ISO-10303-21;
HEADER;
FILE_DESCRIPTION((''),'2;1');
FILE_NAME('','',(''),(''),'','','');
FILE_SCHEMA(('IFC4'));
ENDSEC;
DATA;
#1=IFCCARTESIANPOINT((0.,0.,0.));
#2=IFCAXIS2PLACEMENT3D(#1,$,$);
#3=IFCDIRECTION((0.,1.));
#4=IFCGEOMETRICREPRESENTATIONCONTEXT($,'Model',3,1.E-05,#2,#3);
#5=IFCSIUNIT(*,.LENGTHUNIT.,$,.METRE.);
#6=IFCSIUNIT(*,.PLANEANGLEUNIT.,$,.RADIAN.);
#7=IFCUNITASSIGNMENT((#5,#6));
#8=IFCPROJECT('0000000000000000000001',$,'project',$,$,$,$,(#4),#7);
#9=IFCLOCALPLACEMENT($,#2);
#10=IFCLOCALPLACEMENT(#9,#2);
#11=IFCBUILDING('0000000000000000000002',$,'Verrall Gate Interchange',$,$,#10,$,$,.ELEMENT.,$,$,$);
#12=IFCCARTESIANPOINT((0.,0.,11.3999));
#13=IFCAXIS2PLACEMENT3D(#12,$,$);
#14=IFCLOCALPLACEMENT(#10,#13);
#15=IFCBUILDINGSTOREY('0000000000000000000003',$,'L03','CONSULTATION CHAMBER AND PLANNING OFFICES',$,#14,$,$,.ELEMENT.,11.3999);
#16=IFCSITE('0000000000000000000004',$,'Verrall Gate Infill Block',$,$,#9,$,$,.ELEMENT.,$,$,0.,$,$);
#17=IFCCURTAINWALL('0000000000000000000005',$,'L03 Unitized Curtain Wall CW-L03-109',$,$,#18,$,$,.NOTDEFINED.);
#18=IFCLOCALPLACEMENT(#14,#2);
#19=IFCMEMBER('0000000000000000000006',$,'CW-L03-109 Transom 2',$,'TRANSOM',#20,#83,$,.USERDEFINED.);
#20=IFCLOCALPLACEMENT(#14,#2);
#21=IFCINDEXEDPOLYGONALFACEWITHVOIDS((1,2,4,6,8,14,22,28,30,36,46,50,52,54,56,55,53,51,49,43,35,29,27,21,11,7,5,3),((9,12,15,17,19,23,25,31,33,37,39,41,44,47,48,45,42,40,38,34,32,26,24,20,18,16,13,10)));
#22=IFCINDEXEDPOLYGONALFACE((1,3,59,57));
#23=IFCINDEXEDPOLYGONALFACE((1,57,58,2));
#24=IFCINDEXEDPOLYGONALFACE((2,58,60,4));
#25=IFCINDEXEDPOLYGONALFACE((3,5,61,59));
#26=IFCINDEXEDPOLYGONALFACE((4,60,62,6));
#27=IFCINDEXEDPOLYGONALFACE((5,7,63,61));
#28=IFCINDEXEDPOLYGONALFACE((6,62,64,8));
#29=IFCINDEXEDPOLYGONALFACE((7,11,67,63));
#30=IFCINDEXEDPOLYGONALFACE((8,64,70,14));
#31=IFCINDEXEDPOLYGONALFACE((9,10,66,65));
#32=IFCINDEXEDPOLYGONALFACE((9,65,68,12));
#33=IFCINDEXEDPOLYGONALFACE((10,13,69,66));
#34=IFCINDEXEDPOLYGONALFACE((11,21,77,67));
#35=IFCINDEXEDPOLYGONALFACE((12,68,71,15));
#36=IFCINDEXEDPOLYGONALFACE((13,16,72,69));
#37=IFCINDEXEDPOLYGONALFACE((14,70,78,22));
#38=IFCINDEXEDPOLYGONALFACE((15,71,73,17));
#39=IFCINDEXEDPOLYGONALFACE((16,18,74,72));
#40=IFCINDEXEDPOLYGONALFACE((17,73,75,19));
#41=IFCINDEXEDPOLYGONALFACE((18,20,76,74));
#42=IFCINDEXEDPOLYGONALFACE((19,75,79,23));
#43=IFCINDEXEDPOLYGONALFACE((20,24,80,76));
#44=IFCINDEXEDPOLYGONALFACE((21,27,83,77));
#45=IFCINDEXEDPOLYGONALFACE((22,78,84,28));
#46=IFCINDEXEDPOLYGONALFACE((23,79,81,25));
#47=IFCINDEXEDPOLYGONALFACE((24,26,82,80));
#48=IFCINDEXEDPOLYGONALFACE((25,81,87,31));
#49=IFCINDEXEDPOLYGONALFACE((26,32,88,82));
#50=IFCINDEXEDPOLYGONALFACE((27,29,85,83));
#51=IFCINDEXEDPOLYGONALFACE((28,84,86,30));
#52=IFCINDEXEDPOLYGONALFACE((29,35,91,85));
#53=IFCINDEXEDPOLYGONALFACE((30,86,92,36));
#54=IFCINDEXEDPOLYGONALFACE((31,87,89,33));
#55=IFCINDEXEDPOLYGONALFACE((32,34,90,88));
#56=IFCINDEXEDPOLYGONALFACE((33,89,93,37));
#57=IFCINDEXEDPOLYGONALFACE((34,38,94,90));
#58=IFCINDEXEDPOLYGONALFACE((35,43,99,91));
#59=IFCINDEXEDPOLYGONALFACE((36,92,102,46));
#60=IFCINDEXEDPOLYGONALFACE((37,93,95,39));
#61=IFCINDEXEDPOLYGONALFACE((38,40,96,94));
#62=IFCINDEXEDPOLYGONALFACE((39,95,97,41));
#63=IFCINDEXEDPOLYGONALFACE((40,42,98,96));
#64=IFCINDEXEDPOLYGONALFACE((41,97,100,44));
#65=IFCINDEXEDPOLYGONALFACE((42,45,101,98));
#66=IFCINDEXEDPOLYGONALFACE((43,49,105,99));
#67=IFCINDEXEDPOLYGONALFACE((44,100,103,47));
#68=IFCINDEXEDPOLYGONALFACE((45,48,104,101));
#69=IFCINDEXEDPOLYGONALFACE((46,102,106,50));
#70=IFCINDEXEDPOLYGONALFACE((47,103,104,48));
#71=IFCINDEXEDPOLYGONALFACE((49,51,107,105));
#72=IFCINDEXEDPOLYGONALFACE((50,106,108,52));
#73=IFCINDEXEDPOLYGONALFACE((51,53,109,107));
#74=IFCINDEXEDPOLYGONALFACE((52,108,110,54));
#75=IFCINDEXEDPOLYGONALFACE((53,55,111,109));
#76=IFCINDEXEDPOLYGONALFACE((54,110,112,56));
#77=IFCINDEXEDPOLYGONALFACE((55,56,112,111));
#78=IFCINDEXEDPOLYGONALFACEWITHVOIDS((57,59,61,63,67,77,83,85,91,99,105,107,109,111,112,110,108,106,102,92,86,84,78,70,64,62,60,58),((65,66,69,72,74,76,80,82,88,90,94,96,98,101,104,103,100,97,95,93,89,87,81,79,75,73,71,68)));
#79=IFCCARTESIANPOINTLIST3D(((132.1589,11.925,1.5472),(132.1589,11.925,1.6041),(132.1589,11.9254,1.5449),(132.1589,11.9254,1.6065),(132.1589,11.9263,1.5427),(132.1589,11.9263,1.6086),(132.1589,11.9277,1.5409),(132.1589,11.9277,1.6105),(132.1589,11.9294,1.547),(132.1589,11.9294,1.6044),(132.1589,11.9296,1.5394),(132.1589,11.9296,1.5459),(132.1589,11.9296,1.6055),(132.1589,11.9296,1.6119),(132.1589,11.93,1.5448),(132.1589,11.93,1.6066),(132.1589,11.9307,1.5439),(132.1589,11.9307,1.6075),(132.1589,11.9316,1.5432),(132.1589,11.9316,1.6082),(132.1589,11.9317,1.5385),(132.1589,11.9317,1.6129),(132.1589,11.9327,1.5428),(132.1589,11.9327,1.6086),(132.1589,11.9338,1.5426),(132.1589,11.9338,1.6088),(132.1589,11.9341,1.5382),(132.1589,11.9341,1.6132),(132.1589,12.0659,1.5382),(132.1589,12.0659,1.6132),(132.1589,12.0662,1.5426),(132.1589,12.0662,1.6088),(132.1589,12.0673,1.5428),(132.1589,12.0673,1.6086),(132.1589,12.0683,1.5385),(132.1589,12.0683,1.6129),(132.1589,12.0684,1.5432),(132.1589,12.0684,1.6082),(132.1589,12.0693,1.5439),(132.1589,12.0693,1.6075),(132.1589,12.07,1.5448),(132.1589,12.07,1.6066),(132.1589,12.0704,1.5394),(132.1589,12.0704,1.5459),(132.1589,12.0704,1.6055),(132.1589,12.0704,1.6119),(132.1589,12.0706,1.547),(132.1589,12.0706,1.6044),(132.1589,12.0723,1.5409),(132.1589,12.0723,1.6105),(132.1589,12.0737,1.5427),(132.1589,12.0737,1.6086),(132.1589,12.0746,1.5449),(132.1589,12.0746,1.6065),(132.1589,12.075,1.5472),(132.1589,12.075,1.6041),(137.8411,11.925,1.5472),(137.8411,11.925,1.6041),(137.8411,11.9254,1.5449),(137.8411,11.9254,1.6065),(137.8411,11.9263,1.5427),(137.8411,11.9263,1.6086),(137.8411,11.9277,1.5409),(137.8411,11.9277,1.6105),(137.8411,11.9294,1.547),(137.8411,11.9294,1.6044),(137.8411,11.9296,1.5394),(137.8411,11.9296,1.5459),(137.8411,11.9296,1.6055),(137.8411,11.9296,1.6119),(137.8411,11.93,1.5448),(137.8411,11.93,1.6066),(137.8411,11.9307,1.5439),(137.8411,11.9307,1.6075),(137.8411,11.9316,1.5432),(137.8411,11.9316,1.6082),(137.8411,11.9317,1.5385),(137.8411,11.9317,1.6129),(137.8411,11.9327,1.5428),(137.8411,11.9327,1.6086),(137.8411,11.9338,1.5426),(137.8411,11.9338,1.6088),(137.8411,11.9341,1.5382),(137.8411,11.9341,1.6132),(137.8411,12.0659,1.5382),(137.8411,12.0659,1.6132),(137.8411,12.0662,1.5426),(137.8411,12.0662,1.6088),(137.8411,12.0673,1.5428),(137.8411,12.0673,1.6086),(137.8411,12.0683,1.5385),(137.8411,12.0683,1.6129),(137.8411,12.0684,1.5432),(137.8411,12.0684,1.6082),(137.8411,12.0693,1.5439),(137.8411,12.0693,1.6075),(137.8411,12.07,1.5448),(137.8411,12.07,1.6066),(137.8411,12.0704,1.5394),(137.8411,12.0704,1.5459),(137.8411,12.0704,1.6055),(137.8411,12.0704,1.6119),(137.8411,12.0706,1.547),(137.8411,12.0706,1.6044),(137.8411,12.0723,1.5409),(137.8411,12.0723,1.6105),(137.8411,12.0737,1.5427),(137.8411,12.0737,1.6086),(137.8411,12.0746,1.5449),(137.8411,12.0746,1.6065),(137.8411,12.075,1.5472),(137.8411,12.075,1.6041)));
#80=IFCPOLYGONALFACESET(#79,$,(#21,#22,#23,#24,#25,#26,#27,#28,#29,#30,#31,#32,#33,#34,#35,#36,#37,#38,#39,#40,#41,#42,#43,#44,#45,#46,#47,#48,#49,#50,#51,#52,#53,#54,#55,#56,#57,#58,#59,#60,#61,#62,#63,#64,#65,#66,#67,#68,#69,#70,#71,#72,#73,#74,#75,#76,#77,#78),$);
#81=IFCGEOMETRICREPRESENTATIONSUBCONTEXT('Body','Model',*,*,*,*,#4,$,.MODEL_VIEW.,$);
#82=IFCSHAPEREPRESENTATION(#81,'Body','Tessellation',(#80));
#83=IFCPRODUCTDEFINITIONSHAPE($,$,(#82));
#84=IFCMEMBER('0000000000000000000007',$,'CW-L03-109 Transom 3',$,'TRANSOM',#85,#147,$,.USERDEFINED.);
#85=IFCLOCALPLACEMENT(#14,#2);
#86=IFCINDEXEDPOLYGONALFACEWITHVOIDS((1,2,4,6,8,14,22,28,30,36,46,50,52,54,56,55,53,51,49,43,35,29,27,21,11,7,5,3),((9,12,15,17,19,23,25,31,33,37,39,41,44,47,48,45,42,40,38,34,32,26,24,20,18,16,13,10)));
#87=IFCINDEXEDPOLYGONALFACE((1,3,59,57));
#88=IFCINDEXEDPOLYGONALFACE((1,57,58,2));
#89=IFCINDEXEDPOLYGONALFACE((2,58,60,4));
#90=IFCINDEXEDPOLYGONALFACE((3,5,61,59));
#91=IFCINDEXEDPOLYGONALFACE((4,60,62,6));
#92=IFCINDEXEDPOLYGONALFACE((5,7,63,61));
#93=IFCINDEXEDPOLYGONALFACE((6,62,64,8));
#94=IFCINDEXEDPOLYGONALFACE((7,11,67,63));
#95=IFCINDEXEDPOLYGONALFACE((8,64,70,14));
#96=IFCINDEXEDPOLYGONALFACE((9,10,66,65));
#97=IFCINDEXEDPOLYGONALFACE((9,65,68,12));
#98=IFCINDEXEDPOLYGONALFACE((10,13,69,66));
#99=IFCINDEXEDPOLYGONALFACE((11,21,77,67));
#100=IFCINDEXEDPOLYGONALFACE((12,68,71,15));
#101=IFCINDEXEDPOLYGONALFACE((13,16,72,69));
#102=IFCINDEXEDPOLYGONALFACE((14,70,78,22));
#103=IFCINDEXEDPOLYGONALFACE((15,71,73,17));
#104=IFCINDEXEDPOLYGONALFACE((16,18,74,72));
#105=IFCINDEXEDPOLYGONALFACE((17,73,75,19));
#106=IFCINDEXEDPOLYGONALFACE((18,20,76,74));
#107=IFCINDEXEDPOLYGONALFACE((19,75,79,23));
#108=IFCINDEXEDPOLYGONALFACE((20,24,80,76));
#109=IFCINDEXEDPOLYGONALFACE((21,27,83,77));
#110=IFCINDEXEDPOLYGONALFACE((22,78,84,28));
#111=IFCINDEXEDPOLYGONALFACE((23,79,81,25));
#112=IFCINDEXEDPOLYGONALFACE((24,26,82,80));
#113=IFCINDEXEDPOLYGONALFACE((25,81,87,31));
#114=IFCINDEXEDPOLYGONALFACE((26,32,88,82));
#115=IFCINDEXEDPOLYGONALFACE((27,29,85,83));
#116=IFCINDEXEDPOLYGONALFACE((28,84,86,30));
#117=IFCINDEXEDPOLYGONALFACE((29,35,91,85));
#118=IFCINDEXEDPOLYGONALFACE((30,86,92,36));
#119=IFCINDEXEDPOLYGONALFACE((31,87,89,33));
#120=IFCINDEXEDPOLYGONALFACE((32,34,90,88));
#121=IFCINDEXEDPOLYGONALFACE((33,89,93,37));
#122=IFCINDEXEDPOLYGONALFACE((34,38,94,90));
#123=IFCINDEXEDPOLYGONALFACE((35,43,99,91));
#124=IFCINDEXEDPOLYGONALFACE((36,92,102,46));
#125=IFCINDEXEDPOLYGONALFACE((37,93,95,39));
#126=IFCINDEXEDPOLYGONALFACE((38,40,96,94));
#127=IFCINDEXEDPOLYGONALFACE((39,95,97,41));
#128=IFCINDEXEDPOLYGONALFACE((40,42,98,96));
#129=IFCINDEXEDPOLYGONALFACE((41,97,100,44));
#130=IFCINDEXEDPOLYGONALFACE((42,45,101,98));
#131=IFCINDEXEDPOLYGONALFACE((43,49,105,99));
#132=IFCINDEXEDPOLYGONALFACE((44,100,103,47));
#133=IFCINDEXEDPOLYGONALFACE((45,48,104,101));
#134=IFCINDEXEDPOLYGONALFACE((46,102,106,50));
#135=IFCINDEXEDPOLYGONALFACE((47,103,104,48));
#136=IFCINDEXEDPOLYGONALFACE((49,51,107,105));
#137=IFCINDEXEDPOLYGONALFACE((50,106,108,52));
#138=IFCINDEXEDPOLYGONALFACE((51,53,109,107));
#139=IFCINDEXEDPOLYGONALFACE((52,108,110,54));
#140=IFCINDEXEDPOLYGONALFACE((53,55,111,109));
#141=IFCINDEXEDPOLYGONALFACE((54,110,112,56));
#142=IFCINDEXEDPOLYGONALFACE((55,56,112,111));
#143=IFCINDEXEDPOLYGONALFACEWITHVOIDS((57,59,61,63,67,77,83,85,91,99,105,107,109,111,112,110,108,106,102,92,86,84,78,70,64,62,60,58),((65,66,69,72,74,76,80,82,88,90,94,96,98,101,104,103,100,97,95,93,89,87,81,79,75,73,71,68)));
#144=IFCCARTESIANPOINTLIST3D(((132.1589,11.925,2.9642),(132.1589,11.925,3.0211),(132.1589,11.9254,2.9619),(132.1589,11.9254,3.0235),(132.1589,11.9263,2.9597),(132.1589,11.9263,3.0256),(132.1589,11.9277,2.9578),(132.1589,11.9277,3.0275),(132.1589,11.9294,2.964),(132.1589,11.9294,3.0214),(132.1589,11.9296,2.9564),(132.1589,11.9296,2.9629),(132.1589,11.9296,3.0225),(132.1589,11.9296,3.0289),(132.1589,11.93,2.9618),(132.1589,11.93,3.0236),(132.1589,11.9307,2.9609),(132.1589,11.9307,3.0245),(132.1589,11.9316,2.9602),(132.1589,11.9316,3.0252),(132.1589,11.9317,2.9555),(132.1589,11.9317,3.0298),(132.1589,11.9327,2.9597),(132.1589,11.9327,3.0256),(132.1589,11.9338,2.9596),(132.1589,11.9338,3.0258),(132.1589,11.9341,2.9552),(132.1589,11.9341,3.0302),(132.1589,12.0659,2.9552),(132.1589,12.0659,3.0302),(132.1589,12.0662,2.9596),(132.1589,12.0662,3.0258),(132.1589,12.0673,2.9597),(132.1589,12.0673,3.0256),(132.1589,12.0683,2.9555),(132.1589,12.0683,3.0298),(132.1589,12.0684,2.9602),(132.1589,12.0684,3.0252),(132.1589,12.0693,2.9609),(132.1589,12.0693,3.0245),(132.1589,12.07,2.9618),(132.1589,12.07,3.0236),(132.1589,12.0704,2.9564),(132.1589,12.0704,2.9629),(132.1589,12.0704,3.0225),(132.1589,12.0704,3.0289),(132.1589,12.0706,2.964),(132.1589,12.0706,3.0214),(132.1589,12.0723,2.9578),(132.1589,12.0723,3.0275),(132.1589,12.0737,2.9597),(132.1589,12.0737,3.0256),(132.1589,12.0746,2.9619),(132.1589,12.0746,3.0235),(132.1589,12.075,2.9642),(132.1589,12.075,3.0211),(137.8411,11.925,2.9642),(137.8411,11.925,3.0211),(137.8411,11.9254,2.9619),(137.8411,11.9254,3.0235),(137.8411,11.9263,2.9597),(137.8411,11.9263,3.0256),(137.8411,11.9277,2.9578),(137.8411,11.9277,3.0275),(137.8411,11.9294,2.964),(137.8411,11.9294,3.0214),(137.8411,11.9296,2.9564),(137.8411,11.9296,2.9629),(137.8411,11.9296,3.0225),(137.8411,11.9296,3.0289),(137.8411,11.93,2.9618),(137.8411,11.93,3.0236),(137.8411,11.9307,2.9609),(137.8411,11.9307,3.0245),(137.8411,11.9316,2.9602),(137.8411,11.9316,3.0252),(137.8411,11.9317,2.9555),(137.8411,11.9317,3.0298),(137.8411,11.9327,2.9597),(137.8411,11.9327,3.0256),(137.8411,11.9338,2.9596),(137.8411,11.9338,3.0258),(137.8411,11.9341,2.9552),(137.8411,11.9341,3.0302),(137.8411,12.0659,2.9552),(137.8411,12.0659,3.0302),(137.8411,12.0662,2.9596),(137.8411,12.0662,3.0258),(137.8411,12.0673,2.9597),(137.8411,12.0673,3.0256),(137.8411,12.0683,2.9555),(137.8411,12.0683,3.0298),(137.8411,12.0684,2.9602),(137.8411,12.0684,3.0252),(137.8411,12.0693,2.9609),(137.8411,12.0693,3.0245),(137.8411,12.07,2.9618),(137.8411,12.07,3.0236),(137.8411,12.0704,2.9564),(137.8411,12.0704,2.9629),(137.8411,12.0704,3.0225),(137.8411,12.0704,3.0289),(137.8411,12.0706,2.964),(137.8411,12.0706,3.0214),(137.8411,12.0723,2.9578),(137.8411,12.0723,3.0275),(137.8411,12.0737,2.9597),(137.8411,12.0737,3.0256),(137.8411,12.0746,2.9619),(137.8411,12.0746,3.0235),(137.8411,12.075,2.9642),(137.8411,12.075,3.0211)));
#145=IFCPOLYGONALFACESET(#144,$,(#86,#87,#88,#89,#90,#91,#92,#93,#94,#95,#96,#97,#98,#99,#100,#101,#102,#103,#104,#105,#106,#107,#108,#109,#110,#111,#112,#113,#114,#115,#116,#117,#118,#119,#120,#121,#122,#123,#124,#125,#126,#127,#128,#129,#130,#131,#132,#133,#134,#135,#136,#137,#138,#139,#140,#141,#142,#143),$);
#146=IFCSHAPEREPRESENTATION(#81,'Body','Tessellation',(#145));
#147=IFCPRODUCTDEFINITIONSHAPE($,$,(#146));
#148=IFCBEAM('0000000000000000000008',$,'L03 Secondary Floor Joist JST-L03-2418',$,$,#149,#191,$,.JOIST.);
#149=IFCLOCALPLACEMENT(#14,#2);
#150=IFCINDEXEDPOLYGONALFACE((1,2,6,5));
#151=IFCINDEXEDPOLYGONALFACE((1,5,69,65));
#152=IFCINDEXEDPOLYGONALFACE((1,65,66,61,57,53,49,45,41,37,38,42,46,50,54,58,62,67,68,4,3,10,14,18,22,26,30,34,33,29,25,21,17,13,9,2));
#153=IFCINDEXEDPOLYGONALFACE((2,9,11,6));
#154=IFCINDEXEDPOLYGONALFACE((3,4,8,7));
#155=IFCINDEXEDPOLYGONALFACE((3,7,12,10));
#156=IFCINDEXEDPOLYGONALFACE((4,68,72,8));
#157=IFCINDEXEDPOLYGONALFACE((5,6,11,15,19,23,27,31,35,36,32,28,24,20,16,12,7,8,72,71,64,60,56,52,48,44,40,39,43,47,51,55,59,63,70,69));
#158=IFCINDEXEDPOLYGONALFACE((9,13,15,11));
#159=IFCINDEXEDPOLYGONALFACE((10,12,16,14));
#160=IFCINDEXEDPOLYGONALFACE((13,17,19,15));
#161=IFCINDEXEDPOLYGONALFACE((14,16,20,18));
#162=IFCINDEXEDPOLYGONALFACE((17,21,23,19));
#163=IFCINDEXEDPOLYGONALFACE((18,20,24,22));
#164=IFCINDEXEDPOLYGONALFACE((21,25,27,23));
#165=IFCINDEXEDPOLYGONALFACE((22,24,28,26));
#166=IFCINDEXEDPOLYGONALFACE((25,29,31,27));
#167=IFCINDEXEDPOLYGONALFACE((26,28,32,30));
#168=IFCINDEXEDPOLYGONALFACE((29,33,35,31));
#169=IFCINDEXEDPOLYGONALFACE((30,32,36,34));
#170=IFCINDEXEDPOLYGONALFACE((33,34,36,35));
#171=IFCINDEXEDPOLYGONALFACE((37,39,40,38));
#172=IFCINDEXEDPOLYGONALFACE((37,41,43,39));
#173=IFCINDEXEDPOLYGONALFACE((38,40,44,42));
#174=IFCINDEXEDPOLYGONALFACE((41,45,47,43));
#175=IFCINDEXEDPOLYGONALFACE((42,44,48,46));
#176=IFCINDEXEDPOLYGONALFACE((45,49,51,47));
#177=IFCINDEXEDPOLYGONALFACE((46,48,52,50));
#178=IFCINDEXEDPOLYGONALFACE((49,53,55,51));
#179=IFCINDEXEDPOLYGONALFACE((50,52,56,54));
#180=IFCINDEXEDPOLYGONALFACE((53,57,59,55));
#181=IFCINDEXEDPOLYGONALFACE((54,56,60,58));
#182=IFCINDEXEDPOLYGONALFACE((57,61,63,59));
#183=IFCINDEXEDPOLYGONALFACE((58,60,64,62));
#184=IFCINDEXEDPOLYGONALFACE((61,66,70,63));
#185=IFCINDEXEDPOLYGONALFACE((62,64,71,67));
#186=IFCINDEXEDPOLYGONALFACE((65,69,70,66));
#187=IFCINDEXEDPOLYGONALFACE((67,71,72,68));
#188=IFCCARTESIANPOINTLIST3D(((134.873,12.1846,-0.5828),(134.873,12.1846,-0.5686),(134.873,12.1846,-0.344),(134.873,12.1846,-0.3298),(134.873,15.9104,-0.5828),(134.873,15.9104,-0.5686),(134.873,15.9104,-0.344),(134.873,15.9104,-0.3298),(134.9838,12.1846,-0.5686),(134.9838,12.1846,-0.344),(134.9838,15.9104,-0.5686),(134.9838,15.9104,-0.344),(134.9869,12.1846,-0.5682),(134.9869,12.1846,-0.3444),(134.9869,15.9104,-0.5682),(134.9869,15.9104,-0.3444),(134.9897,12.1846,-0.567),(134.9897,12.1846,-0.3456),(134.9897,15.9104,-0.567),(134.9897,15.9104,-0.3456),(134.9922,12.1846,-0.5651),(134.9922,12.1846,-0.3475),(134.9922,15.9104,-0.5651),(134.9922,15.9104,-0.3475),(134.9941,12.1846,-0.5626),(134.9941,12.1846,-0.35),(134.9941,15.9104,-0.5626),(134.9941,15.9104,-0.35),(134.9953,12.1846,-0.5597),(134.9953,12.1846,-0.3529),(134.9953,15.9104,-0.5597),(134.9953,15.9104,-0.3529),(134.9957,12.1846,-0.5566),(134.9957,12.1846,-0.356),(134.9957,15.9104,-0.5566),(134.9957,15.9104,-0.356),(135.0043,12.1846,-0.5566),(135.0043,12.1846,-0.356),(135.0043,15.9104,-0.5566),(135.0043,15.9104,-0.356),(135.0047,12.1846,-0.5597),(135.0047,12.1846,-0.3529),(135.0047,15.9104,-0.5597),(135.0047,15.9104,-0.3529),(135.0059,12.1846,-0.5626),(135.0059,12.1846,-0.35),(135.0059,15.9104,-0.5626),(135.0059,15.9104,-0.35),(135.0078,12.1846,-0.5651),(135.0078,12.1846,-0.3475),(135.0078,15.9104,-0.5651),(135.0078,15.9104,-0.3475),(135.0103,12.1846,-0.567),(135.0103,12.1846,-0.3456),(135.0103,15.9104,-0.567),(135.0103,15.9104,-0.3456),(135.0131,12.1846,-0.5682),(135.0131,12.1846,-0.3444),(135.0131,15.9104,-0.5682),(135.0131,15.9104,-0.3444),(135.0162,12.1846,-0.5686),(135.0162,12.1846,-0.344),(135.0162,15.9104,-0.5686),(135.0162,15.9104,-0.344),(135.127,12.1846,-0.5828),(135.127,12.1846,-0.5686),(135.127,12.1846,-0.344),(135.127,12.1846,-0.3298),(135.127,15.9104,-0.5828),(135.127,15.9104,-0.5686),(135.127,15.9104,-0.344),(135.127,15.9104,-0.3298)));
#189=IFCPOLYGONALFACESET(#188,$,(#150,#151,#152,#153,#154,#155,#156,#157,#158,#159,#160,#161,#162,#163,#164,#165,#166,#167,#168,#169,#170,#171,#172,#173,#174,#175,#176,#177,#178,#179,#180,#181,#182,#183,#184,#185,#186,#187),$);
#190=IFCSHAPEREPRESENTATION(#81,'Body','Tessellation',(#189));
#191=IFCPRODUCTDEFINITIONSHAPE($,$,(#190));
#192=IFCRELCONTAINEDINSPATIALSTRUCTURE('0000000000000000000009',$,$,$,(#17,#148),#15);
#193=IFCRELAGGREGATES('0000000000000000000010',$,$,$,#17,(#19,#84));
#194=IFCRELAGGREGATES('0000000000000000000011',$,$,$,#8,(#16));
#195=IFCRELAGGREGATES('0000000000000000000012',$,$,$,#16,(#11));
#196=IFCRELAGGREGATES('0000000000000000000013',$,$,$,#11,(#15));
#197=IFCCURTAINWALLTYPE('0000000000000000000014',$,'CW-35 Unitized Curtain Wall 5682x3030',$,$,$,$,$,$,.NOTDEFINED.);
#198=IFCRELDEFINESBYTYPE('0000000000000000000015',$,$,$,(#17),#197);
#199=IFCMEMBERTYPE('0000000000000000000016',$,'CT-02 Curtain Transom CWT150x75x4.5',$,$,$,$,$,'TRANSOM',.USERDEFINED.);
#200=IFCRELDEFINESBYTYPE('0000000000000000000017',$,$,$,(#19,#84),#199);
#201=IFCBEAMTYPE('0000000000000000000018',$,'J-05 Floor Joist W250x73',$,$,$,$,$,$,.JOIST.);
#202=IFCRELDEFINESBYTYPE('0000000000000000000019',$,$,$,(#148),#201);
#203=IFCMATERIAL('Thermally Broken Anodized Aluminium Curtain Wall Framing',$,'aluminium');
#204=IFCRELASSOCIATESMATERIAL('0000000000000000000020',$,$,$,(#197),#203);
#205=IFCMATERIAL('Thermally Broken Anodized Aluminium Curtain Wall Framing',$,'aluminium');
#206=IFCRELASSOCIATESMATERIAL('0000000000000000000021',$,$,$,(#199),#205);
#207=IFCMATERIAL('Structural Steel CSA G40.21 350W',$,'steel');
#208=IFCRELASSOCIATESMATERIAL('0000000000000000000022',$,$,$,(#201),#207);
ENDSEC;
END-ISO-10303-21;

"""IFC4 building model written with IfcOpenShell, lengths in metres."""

from ifc_helpers import new_model, si_unit, direction, frame, origin, origin_2d, place, context, subcontext, project, spatial, hollow_rectangle, i_section, extrude, material, material_profile, profile_set, type_object, element, aggregate, save


model = new_model("IFC4")

# Units and contexts
model_context = context("Model", 3, precision=1e-05, world=origin(), true_north=direction((0.0, 1.0)))
body_context = subcontext(model_context, "Body", "Model", "MODEL_VIEW")
ifc_project = project(units=[si_unit("LENGTHUNIT", "METRE"), si_unit("PLANEANGLEUNIT", "RADIAN")], contexts=[model_context])

# Site, building, storey
site_placement = place(None, origin())
site = spatial("IfcSite", under=ifc_project, at=site_placement, Name="Verrall Gate Infill Block", CompositionType="ELEMENT", RefElevation=0.0)
building_placement = place(site_placement, origin())
building = spatial("IfcBuilding", under=site, at=building_placement, Name="Verrall Gate Interchange", CompositionType="ELEMENT")
storey_placement = place(building_placement, frame((0.0, 0.0, 11.3999)))
storey = spatial("IfcBuildingStorey", under=building, at=storey_placement, Name="L03", Description="CONSULTATION CHAMBER AND PLANNING OFFICES", CompositionType="ELEMENT", Elevation=11.3999)

# Curtain wall, members
ifc_material_1 = material(Name="Thermally Broken Anodized Aluminium Curtain Wall Framing", Category="aluminium")
curtain_wall_type_1 = type_object("IfcCurtainWallType", Name="CW-35 Unitized Curtain Wall 5682x3030", PredefinedType="NOTDEFINED", material=ifc_material_1)
curtain_wall_1_placement = place(storey_placement, origin())
curtain_wall_1 = element("IfcCurtainWall", 1, at=curtain_wall_1_placement, inside=storey, type_object=curtain_wall_type_1, Name="L03 Unitized Curtain Wall CW-L03-109", PredefinedType="NOTDEFINED")
ifc_material_2 = material(Name="Thermally Broken Anodized Aluminium Curtain Wall Framing", Category="aluminium")
ifc_material_profile_1 = material_profile(ifc_material_2, hollow_rectangle(XDim=0.1499, YDim=0.075, WallThickness=0.0044, InnerFilletRadius=0.0044, OuterFilletRadius=0.009, at=origin_2d()), Name="CWT150x75x4.5")
ifc_profile_set_1 = profile_set([ifc_material_profile_1], Name="Thermally Broken Anodized Aluminium Curtain Wall Framing")
member_type_1 = type_object("IfcMemberType", Name="CT-02 Curtain Transom CWT150x75x4.5", ElementType="TRANSOM", PredefinedType="USERDEFINED", material=ifc_profile_set_1)
member_1_placement = place(storey_placement, frame((132.1589, 12.0, 1.5757), z_axis=(1.0, 0.0, 0.0), x_axis=(0.0, 1.0, 0.0)))
member_1 = element("IfcMember", 2, at=member_1_placement, type_object=member_type_1, Name="CW-L03-109 Transom 2", ObjectType="TRANSOM", PredefinedType="USERDEFINED", context=body_context, shape_type="SweptSolid", body=[
    extrude(hollow_rectangle(XDim=0.1499, YDim=0.075, WallThickness=0.0044, InnerFilletRadius=0.0044, OuterFilletRadius=0.009, at=origin_2d()), origin(), (0.0, 0.0, 1.0), 5.6821),
])
member_2_placement = place(storey_placement, frame((132.1589, 12.0, 2.9927), z_axis=(1.0, 0.0, 0.0), x_axis=(0.0, 1.0, 0.0)))
member_2 = element("IfcMember", 3, at=member_2_placement, type_object=member_type_1, Name="CW-L03-109 Transom 3", ObjectType="TRANSOM", PredefinedType="USERDEFINED", context=body_context, shape_type="SweptSolid", body=[
    extrude(hollow_rectangle(XDim=0.1499, YDim=0.075, WallThickness=0.0044, InnerFilletRadius=0.0044, OuterFilletRadius=0.009, at=origin_2d()), origin(), (0.0, 0.0, 1.0), 5.6821),
])

# Beam
ifc_material_3 = material(Name="Structural Steel CSA G40.21 350W", Category="steel")
ifc_material_profile_2 = material_profile(ifc_material_3, i_section(OverallWidth=0.2539, OverallDepth=0.2529, WebThickness=0.0085, FlangeThickness=0.0142, FilletRadius=0.012, at=origin_2d()), Name="W250x73")
ifc_profile_set_2 = profile_set([ifc_material_profile_2], Name="Structural Steel CSA G40.21 350W")
beam_type_1 = type_object("IfcBeamType", Name="J-05 Floor Joist W250x73", PredefinedType="JOIST", material=ifc_profile_set_2)
beam_1_placement = place(storey_placement, frame((135.0, 12.1846, -0.4563), z_axis=(0.0, 1.0, 0.0), x_axis=(-1.0, 0.0, 0.0)))
element("IfcBeam", 4, at=beam_1_placement, inside=storey, type_object=beam_type_1, Name="L03 Secondary Floor Joist JST-L03-2418", PredefinedType="JOIST", context=body_context, shape_type="SweptSolid", body=[
    extrude(i_section(OverallWidth=0.2539, OverallDepth=0.2529, WebThickness=0.0085, FlangeThickness=0.0142, FilletRadius=0.012, at=origin_2d()), origin(), (0.0, 0.0, 1.0), 3.7258),
])

aggregate(curtain_wall_1, [member_1, member_2])

save(model, "model.ifc")
